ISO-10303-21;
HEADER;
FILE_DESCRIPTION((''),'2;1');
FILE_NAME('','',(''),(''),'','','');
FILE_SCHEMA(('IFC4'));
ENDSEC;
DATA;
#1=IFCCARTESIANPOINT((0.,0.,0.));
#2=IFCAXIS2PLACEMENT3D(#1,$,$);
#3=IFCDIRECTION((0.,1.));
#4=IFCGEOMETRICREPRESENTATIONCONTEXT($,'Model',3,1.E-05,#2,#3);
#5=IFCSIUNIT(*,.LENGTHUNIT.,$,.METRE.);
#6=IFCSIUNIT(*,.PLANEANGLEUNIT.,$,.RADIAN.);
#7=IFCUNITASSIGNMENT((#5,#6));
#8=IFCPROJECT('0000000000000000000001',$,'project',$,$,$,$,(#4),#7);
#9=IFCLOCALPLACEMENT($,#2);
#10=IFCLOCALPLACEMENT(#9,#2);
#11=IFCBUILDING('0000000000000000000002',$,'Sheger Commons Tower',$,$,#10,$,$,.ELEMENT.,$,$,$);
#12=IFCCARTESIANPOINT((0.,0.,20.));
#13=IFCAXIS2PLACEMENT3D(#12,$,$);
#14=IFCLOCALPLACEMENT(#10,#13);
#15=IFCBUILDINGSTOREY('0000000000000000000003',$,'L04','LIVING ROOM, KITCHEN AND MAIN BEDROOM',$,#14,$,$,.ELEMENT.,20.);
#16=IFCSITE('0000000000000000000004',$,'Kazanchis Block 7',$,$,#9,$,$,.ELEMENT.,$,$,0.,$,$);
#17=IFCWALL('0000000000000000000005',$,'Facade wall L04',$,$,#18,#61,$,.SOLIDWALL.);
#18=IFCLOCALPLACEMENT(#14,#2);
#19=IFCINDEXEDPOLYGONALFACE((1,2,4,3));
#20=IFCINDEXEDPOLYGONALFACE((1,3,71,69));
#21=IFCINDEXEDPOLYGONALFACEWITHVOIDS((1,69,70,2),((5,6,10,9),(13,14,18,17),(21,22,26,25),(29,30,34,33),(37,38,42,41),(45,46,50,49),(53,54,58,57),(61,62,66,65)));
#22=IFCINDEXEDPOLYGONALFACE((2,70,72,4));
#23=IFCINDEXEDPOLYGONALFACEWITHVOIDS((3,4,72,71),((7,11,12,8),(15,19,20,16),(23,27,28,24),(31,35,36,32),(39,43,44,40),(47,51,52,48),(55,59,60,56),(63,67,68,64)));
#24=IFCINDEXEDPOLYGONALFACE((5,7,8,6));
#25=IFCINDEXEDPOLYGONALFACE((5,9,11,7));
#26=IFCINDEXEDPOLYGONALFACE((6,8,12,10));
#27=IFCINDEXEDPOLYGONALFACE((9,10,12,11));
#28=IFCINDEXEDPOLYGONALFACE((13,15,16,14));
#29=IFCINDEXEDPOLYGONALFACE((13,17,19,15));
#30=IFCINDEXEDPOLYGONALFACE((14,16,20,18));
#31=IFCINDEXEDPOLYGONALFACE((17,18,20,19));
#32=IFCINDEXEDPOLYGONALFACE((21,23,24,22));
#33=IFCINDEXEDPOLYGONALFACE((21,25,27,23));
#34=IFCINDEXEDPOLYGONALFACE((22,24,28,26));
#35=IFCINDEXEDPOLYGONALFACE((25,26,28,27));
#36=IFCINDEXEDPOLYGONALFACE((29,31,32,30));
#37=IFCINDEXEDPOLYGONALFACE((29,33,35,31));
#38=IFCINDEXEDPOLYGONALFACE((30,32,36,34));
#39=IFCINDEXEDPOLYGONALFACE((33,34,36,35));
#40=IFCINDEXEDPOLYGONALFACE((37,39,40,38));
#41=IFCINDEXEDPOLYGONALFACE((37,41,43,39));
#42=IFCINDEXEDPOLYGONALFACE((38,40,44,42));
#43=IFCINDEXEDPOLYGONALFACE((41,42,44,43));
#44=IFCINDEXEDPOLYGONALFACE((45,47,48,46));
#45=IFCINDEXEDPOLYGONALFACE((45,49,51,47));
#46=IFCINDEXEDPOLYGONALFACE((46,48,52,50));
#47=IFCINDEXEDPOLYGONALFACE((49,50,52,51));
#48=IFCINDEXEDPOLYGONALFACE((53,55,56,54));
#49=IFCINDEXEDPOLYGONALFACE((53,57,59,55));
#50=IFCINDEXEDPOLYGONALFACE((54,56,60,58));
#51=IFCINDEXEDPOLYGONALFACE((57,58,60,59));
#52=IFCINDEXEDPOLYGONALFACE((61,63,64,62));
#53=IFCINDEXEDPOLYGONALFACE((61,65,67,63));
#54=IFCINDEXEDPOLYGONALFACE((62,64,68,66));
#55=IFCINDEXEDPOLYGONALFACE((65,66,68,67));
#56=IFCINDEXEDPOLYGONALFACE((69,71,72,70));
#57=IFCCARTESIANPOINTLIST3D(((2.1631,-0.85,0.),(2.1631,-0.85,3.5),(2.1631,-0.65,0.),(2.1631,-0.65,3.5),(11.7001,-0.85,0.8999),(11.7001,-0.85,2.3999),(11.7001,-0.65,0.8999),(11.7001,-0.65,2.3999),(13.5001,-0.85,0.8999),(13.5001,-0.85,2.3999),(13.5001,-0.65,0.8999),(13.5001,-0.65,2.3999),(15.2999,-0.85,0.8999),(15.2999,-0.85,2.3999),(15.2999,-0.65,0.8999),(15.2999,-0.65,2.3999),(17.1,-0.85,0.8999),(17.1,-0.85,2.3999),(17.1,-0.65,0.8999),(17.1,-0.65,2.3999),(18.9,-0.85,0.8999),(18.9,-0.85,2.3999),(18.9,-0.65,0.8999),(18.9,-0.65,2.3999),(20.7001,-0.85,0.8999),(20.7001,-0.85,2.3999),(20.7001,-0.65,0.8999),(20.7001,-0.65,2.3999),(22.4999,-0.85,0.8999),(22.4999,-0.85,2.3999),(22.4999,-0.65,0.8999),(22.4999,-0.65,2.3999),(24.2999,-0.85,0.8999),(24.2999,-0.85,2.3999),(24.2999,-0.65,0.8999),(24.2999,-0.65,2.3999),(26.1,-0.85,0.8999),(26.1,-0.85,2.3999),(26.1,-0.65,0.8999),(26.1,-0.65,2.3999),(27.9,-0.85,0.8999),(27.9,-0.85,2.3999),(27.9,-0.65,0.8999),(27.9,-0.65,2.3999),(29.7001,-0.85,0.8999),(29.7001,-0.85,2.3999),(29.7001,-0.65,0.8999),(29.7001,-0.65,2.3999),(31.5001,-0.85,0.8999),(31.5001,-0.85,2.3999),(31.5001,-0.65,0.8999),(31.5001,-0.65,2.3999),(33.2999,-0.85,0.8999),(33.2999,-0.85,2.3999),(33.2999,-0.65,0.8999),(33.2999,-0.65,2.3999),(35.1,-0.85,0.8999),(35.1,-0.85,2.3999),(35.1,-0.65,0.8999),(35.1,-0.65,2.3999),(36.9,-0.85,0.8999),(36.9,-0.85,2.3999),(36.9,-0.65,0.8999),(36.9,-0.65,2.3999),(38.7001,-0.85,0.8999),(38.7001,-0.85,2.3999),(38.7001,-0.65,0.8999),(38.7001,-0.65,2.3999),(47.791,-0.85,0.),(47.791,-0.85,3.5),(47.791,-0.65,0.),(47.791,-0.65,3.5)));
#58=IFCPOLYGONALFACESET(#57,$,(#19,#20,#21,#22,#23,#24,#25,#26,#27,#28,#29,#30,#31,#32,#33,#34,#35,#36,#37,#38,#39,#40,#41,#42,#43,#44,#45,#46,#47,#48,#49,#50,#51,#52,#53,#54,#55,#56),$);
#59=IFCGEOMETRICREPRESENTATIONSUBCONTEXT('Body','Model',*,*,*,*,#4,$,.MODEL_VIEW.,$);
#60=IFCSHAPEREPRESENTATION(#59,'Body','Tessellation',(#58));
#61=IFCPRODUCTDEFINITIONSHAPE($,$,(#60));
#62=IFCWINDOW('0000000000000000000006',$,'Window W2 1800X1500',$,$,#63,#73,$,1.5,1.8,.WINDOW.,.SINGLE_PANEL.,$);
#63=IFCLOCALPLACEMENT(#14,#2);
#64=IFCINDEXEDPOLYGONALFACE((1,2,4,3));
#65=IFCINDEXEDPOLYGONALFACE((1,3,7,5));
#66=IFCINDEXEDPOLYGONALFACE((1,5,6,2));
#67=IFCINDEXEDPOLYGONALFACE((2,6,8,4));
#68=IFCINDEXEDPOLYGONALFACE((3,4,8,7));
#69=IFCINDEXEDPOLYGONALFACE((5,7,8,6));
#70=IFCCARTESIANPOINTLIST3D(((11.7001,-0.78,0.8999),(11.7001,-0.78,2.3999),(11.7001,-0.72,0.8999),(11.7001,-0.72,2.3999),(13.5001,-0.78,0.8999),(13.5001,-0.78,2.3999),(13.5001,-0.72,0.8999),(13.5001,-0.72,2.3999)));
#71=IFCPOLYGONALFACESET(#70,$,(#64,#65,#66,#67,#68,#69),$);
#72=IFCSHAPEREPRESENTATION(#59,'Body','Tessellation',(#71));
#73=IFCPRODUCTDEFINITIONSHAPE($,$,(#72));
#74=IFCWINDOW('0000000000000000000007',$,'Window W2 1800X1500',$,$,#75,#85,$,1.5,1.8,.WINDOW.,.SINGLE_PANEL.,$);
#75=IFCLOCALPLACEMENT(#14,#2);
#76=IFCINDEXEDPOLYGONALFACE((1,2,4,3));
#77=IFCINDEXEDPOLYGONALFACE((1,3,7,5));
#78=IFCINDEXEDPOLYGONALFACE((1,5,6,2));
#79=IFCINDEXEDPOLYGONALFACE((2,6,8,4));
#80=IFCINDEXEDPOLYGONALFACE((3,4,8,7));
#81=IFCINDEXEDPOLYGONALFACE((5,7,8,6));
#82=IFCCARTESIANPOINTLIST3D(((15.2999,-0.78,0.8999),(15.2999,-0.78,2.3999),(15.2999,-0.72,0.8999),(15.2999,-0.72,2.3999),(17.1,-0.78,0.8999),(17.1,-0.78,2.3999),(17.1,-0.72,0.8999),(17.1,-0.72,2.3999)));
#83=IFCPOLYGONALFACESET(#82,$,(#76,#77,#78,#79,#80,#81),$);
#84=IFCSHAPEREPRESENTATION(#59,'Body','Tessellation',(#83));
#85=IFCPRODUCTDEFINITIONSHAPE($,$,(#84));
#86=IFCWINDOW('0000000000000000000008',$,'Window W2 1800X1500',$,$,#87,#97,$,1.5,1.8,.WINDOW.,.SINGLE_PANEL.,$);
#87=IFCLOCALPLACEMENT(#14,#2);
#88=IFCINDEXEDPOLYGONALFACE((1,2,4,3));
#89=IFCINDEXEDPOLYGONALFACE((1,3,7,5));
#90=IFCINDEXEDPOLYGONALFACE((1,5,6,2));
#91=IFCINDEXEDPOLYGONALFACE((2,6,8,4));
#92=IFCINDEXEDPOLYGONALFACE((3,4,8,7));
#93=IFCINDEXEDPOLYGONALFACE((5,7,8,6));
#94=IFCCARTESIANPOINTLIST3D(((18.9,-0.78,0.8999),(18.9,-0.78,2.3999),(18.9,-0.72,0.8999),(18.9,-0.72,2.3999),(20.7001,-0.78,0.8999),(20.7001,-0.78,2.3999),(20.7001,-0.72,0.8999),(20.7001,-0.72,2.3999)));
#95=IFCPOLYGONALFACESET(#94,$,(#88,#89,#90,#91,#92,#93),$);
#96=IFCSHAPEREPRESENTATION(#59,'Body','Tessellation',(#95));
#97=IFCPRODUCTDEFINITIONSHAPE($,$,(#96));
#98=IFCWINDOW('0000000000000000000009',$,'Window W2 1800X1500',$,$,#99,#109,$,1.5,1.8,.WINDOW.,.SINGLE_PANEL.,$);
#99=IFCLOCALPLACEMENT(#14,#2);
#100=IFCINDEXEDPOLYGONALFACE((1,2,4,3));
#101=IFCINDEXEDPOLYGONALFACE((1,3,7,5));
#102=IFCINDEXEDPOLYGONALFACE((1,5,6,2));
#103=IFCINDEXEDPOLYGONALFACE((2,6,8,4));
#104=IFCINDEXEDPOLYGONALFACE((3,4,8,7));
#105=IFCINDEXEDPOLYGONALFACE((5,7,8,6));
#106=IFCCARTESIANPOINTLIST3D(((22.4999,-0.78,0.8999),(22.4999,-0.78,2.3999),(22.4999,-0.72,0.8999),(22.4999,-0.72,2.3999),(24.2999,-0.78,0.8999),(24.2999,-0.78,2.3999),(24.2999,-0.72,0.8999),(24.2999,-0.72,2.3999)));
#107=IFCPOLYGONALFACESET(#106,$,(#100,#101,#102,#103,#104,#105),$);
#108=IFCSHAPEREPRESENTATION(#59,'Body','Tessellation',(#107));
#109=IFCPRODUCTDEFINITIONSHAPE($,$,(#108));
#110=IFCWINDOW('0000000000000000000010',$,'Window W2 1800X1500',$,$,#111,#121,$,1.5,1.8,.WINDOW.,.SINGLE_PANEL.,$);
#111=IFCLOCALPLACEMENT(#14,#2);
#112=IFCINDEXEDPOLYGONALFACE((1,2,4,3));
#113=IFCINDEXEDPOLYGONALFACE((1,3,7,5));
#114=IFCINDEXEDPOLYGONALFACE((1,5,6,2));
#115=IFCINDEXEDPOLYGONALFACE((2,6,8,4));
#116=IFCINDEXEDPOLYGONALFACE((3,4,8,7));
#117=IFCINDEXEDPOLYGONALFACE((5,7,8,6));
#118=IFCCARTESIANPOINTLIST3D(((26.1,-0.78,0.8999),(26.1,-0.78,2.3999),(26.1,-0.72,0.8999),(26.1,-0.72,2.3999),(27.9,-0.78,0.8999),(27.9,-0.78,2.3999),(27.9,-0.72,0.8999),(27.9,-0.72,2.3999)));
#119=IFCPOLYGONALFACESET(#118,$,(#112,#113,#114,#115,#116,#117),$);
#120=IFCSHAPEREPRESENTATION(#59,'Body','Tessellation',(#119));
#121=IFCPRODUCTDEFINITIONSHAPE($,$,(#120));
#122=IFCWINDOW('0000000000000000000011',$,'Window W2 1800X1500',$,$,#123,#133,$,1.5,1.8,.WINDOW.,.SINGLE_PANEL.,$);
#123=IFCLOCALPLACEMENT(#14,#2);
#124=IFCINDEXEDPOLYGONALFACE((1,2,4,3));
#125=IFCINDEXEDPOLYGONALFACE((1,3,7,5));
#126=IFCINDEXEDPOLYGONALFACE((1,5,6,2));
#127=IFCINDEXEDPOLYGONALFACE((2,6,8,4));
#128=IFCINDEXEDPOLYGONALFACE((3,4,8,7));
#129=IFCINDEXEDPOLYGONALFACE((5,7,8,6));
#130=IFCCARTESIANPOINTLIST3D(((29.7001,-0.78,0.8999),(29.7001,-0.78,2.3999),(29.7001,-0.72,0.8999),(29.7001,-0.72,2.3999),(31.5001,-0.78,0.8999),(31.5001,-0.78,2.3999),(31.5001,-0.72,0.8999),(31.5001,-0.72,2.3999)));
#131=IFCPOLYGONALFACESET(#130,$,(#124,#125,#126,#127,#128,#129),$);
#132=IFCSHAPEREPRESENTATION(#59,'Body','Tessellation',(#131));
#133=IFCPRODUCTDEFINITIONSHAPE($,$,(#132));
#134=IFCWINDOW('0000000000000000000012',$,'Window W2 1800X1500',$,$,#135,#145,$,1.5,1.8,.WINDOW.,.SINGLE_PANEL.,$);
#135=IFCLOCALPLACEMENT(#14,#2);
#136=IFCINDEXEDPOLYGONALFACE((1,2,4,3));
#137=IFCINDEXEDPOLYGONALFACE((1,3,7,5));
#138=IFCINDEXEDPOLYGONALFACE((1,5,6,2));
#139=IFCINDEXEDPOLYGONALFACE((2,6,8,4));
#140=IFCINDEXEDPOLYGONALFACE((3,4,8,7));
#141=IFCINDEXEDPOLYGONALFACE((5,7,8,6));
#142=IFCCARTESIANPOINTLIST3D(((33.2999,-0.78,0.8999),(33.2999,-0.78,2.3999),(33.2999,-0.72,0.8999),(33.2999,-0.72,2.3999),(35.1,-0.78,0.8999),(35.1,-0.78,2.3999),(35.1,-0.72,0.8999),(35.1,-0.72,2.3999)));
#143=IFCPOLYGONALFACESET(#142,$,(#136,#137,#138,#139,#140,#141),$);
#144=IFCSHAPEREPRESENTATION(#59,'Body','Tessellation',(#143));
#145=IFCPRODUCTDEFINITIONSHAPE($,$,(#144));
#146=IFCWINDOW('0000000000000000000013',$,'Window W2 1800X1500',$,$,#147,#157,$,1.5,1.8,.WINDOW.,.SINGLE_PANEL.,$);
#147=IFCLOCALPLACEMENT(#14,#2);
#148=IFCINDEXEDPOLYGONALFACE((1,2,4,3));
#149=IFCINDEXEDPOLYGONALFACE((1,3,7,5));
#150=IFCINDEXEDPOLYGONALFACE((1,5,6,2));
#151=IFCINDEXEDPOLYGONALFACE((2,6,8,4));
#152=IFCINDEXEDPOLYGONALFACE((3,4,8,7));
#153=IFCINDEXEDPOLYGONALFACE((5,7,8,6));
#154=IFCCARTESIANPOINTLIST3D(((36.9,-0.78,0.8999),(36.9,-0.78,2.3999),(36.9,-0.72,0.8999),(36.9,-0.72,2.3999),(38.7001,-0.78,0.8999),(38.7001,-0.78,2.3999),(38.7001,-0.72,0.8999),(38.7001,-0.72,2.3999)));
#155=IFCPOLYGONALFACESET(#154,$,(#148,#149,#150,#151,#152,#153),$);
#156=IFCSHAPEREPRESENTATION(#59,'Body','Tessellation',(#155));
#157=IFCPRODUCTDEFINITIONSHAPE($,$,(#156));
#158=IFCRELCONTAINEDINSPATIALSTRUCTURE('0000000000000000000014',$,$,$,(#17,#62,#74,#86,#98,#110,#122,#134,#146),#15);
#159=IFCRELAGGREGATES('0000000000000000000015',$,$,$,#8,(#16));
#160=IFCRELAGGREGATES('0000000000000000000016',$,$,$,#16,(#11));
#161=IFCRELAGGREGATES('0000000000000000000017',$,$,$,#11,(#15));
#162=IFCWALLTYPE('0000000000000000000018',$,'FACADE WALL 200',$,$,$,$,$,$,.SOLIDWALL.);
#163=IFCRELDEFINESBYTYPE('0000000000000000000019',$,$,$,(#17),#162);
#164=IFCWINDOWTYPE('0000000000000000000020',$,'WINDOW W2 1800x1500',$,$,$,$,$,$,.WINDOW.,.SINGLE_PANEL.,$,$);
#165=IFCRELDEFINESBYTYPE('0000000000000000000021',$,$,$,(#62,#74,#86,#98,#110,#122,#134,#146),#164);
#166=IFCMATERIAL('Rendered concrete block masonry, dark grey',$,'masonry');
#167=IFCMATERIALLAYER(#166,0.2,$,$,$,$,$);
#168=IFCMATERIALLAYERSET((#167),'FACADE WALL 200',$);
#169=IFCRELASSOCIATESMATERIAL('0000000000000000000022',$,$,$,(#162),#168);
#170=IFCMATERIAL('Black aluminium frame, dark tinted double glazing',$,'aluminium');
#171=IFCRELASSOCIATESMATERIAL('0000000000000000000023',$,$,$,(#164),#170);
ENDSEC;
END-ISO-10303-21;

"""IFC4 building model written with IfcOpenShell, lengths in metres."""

from ifc_helpers import new_model, si_unit, direction, frame, frame_2d, origin, place, context, subcontext, project, spatial, rectangle, extrude, material, layer, layer_set, type_object, element, fill, save


model = new_model("IFC4")

# Units and contexts
model_context = context("Model", 3, precision=1e-05, world=origin(), true_north=direction((0.0, 1.0)))
body_context = subcontext(model_context, "Body", "Model", "MODEL_VIEW")
ifc_project = project(units=[si_unit("LENGTHUNIT", "METRE"), si_unit("PLANEANGLEUNIT", "RADIAN")], contexts=[model_context])

# Site, building, storey
site_placement = place(None, origin())
site = spatial("IfcSite", under=ifc_project, at=site_placement, Name="Kazanchis Block 7", CompositionType="ELEMENT", RefElevation=0.0)
building_placement = place(site_placement, origin())
building = spatial("IfcBuilding", under=site, at=building_placement, Name="Sheger Commons Tower", CompositionType="ELEMENT")
storey_placement = place(building_placement, frame((0.0, 0.0, 20.0)))
storey = spatial("IfcBuildingStorey", under=building, at=storey_placement, Name="L04", Description="LIVING ROOM, KITCHEN AND MAIN BEDROOM", CompositionType="ELEMENT", Elevation=20.0)

# Wall, openings, windows
ifc_material_1 = material(Name="Rendered concrete block masonry, dark grey", Category="masonry")
ifc_layer_1 = layer(ifc_material_1, 0.2)
ifc_layer_set_1 = layer_set([ifc_layer_1], Name="FACADE WALL 200")
wall_type_1 = type_object("IfcWallType", Name="FACADE WALL 200", PredefinedType="SOLIDWALL", material=ifc_layer_set_1)
wall_1_placement = place(storey_placement, frame((2.1631, -0.75, 0.0), z_axis=(0.0, 0.0, 1.0), x_axis=(1.0, 0.0, 0.0)))
wall_1 = element("IfcWall", 1, at=wall_1_placement, inside=storey, type_object=wall_type_1, Name="Facade wall L04", PredefinedType="SOLIDWALL", context=body_context, shape_type="SweptSolid", body=[
    extrude(rectangle(XDim=45.6279, YDim=0.2, at=frame_2d((22.814, 0.0))), origin(), (0.0, 0.0, 1.0), 3.5),
])
opening_1_placement = place(wall_1_placement, frame((9.5371, 0.0, 0.8999)))
opening_1 = element("IfcOpeningElement", 2, at=opening_1_placement, cuts=wall_1, PredefinedType="OPENING", context=body_context, shape_type="SweptSolid", body=[
    extrude(rectangle(XDim=1.8, YDim=1.5, at=frame_2d((0.8999, 0.75))), frame((0.0, 0.1099, 0.0), z_axis=(0.0, -1.0, 0.0), x_axis=(1.0, 0.0, 0.0)), (0.0, 0.0, 1.0), 0.22),
])
opening_2_placement = place(wall_1_placement, frame((13.137, 0.0, 0.8999)))
opening_2 = element("IfcOpeningElement", 3, at=opening_2_placement, cuts=wall_1, PredefinedType="OPENING", context=body_context, shape_type="SweptSolid", body=[
    extrude(rectangle(XDim=1.8, YDim=1.5, at=frame_2d((0.8999, 0.75))), frame((0.0, 0.1099, 0.0), z_axis=(0.0, -1.0, 0.0), x_axis=(1.0, 0.0, 0.0)), (0.0, 0.0, 1.0), 0.22),
])
opening_3_placement = place(wall_1_placement, frame((16.7371, 0.0, 0.8999)))
opening_3 = element("IfcOpeningElement", 4, at=opening_3_placement, cuts=wall_1, PredefinedType="OPENING", context=body_context, shape_type="SweptSolid", body=[
    extrude(rectangle(XDim=1.8, YDim=1.5, at=frame_2d((0.8999, 0.75))), frame((0.0, 0.1099, 0.0), z_axis=(0.0, -1.0, 0.0), x_axis=(1.0, 0.0, 0.0)), (0.0, 0.0, 1.0), 0.22),
])
opening_4_placement = place(wall_1_placement, frame((20.3369, 0.0, 0.8999)))
opening_4 = element("IfcOpeningElement", 5, at=opening_4_placement, cuts=wall_1, PredefinedType="OPENING", context=body_context, shape_type="SweptSolid", body=[
    extrude(rectangle(XDim=1.8, YDim=1.5, at=frame_2d((0.8999, 0.75))), frame((0.0, 0.1099, 0.0), z_axis=(0.0, -1.0, 0.0), x_axis=(1.0, 0.0, 0.0)), (0.0, 0.0, 1.0), 0.22),
])
opening_5_placement = place(wall_1_placement, frame((23.937, 0.0, 0.8999)))
opening_5 = element("IfcOpeningElement", 6, at=opening_5_placement, cuts=wall_1, PredefinedType="OPENING", context=body_context, shape_type="SweptSolid", body=[
    extrude(rectangle(XDim=1.8, YDim=1.5, at=frame_2d((0.8999, 0.75))), frame((0.0, 0.1099, 0.0), z_axis=(0.0, -1.0, 0.0), x_axis=(1.0, 0.0, 0.0)), (0.0, 0.0, 1.0), 0.22),
])
opening_6_placement = place(wall_1_placement, frame((27.5371, 0.0, 0.8999)))
opening_6 = element("IfcOpeningElement", 7, at=opening_6_placement, cuts=wall_1, PredefinedType="OPENING", context=body_context, shape_type="SweptSolid", body=[
    extrude(rectangle(XDim=1.8, YDim=1.5, at=frame_2d((0.8999, 0.75))), frame((0.0, 0.1099, 0.0), z_axis=(0.0, -1.0, 0.0), x_axis=(1.0, 0.0, 0.0)), (0.0, 0.0, 1.0), 0.22),
])
opening_7_placement = place(wall_1_placement, frame((31.137, 0.0, 0.8999)))
opening_7 = element("IfcOpeningElement", 8, at=opening_7_placement, cuts=wall_1, PredefinedType="OPENING", context=body_context, shape_type="SweptSolid", body=[
    extrude(rectangle(XDim=1.8, YDim=1.5, at=frame_2d((0.8999, 0.75))), frame((0.0, 0.1099, 0.0), z_axis=(0.0, -1.0, 0.0), x_axis=(1.0, 0.0, 0.0)), (0.0, 0.0, 1.0), 0.22),
])
opening_8_placement = place(wall_1_placement, frame((34.7371, 0.0, 0.8999)))
opening_8 = element("IfcOpeningElement", 9, at=opening_8_placement, cuts=wall_1, PredefinedType="OPENING", context=body_context, shape_type="SweptSolid", body=[
    extrude(rectangle(XDim=1.8, YDim=1.5, at=frame_2d((0.8999, 0.75))), frame((0.0, 0.1099, 0.0), z_axis=(0.0, -1.0, 0.0), x_axis=(1.0, 0.0, 0.0)), (0.0, 0.0, 1.0), 0.22),
])
ifc_material_2 = material(Name="Black aluminium frame, dark tinted double glazing", Category="aluminium")
window_type = type_object("IfcWindowType", Name="WINDOW W2 1800x1500", PartitioningType="SINGLE_PANEL", PredefinedType="WINDOW", material=ifc_material_2)
window_1_placement = place(opening_1_placement, origin())
window_1 = element("IfcWindow", 10, at=window_1_placement, inside=storey, type_object=window_type, Name="Window W2 1800X1500", OverallHeight=1.5, OverallWidth=1.8, PartitioningType="SINGLE_PANEL", PredefinedType="WINDOW", context=body_context, shape_type="SweptSolid", body=[
    extrude(rectangle(XDim=1.8, YDim=1.5, at=frame_2d((0.8999, 0.75))), frame((0.0, 0.03, 0.0), z_axis=(0.0, -1.0, 0.0), x_axis=(1.0, 0.0, 0.0)), (0.0, 0.0, 1.0), 0.0601),
])
fill(opening_1, window_1)
window_2_placement = place(opening_2_placement, origin())
window_2 = element("IfcWindow", 11, at=window_2_placement, inside=storey, type_object=window_type, Name="Window W2 1800X1500", OverallHeight=1.5, OverallWidth=1.8, PartitioningType="SINGLE_PANEL", PredefinedType="WINDOW", context=body_context, shape_type="SweptSolid", body=[
    extrude(rectangle(XDim=1.8, YDim=1.5, at=frame_2d((0.8999, 0.75))), frame((0.0, 0.03, 0.0), z_axis=(0.0, -1.0, 0.0), x_axis=(1.0, 0.0, 0.0)), (0.0, 0.0, 1.0), 0.0601),
])
fill(opening_2, window_2)
window_3_placement = place(opening_3_placement, origin())
window_3 = element("IfcWindow", 12, at=window_3_placement, inside=storey, type_object=window_type, Name="Window W2 1800X1500", OverallHeight=1.5, OverallWidth=1.8, PartitioningType="SINGLE_PANEL", PredefinedType="WINDOW", context=body_context, shape_type="SweptSolid", body=[
    extrude(rectangle(XDim=1.8, YDim=1.5, at=frame_2d((0.8999, 0.75))), frame((0.0, 0.03, 0.0), z_axis=(0.0, -1.0, 0.0), x_axis=(1.0, 0.0, 0.0)), (0.0, 0.0, 1.0), 0.0601),
])
fill(opening_3, window_3)
window_4_placement = place(opening_4_placement, origin())
window_4 = element("IfcWindow", 13, at=window_4_placement, inside=storey, type_object=window_type, Name="Window W2 1800X1500", OverallHeight=1.5, OverallWidth=1.8, PartitioningType="SINGLE_PANEL", PredefinedType="WINDOW", context=body_context, shape_type="SweptSolid", body=[
    extrude(rectangle(XDim=1.8, YDim=1.5, at=frame_2d((0.8999, 0.75))), frame((0.0, 0.03, 0.0), z_axis=(0.0, -1.0, 0.0), x_axis=(1.0, 0.0, 0.0)), (0.0, 0.0, 1.0), 0.0601),
])
fill(opening_4, window_4)
window_5_placement = place(opening_5_placement, origin())
window_5 = element("IfcWindow", 14, at=window_5_placement, inside=storey, type_object=window_type, Name="Window W2 1800X1500", OverallHeight=1.5, OverallWidth=1.8, PartitioningType="SINGLE_PANEL", PredefinedType="WINDOW", context=body_context, shape_type="SweptSolid", body=[
    extrude(rectangle(XDim=1.8, YDim=1.5, at=frame_2d((0.8999, 0.75))), frame((0.0, 0.03, 0.0), z_axis=(0.0, -1.0, 0.0), x_axis=(1.0, 0.0, 0.0)), (0.0, 0.0, 1.0), 0.0601),
])
fill(opening_5, window_5)
window_6_placement = place(opening_6_placement, origin())
window_6 = element("IfcWindow", 15, at=window_6_placement, inside=storey, type_object=window_type, Name="Window W2 1800X1500", OverallHeight=1.5, OverallWidth=1.8, PartitioningType="SINGLE_PANEL", PredefinedType="WINDOW", context=body_context, shape_type="SweptSolid", body=[
    extrude(rectangle(XDim=1.8, YDim=1.5, at=frame_2d((0.8999, 0.75))), frame((0.0, 0.03, 0.0), z_axis=(0.0, -1.0, 0.0), x_axis=(1.0, 0.0, 0.0)), (0.0, 0.0, 1.0), 0.0601),
])
fill(opening_6, window_6)
window_7_placement = place(opening_7_placement, origin())
window_7 = element("IfcWindow", 16, at=window_7_placement, inside=storey, type_object=window_type, Name="Window W2 1800X1500", OverallHeight=1.5, OverallWidth=1.8, PartitioningType="SINGLE_PANEL", PredefinedType="WINDOW", context=body_context, shape_type="SweptSolid", body=[
    extrude(rectangle(XDim=1.8, YDim=1.5, at=frame_2d((0.8999, 0.75))), frame((0.0, 0.03, 0.0), z_axis=(0.0, -1.0, 0.0), x_axis=(1.0, 0.0, 0.0)), (0.0, 0.0, 1.0), 0.0601),
])
fill(opening_7, window_7)
window_8_placement = place(opening_8_placement, origin())
window_8 = element("IfcWindow", 17, at=window_8_placement, inside=storey, type_object=window_type, Name="Window W2 1800X1500", OverallHeight=1.5, OverallWidth=1.8, PartitioningType="SINGLE_PANEL", PredefinedType="WINDOW", context=body_context, shape_type="SweptSolid", body=[
    extrude(rectangle(XDim=1.8, YDim=1.5, at=frame_2d((0.8999, 0.75))), frame((0.0, 0.03, 0.0), z_axis=(0.0, -1.0, 0.0), x_axis=(1.0, 0.0, 0.0)), (0.0, 0.0, 1.0), 0.0601),
])
fill(opening_8, window_8)

save(model, "model.ifc")
